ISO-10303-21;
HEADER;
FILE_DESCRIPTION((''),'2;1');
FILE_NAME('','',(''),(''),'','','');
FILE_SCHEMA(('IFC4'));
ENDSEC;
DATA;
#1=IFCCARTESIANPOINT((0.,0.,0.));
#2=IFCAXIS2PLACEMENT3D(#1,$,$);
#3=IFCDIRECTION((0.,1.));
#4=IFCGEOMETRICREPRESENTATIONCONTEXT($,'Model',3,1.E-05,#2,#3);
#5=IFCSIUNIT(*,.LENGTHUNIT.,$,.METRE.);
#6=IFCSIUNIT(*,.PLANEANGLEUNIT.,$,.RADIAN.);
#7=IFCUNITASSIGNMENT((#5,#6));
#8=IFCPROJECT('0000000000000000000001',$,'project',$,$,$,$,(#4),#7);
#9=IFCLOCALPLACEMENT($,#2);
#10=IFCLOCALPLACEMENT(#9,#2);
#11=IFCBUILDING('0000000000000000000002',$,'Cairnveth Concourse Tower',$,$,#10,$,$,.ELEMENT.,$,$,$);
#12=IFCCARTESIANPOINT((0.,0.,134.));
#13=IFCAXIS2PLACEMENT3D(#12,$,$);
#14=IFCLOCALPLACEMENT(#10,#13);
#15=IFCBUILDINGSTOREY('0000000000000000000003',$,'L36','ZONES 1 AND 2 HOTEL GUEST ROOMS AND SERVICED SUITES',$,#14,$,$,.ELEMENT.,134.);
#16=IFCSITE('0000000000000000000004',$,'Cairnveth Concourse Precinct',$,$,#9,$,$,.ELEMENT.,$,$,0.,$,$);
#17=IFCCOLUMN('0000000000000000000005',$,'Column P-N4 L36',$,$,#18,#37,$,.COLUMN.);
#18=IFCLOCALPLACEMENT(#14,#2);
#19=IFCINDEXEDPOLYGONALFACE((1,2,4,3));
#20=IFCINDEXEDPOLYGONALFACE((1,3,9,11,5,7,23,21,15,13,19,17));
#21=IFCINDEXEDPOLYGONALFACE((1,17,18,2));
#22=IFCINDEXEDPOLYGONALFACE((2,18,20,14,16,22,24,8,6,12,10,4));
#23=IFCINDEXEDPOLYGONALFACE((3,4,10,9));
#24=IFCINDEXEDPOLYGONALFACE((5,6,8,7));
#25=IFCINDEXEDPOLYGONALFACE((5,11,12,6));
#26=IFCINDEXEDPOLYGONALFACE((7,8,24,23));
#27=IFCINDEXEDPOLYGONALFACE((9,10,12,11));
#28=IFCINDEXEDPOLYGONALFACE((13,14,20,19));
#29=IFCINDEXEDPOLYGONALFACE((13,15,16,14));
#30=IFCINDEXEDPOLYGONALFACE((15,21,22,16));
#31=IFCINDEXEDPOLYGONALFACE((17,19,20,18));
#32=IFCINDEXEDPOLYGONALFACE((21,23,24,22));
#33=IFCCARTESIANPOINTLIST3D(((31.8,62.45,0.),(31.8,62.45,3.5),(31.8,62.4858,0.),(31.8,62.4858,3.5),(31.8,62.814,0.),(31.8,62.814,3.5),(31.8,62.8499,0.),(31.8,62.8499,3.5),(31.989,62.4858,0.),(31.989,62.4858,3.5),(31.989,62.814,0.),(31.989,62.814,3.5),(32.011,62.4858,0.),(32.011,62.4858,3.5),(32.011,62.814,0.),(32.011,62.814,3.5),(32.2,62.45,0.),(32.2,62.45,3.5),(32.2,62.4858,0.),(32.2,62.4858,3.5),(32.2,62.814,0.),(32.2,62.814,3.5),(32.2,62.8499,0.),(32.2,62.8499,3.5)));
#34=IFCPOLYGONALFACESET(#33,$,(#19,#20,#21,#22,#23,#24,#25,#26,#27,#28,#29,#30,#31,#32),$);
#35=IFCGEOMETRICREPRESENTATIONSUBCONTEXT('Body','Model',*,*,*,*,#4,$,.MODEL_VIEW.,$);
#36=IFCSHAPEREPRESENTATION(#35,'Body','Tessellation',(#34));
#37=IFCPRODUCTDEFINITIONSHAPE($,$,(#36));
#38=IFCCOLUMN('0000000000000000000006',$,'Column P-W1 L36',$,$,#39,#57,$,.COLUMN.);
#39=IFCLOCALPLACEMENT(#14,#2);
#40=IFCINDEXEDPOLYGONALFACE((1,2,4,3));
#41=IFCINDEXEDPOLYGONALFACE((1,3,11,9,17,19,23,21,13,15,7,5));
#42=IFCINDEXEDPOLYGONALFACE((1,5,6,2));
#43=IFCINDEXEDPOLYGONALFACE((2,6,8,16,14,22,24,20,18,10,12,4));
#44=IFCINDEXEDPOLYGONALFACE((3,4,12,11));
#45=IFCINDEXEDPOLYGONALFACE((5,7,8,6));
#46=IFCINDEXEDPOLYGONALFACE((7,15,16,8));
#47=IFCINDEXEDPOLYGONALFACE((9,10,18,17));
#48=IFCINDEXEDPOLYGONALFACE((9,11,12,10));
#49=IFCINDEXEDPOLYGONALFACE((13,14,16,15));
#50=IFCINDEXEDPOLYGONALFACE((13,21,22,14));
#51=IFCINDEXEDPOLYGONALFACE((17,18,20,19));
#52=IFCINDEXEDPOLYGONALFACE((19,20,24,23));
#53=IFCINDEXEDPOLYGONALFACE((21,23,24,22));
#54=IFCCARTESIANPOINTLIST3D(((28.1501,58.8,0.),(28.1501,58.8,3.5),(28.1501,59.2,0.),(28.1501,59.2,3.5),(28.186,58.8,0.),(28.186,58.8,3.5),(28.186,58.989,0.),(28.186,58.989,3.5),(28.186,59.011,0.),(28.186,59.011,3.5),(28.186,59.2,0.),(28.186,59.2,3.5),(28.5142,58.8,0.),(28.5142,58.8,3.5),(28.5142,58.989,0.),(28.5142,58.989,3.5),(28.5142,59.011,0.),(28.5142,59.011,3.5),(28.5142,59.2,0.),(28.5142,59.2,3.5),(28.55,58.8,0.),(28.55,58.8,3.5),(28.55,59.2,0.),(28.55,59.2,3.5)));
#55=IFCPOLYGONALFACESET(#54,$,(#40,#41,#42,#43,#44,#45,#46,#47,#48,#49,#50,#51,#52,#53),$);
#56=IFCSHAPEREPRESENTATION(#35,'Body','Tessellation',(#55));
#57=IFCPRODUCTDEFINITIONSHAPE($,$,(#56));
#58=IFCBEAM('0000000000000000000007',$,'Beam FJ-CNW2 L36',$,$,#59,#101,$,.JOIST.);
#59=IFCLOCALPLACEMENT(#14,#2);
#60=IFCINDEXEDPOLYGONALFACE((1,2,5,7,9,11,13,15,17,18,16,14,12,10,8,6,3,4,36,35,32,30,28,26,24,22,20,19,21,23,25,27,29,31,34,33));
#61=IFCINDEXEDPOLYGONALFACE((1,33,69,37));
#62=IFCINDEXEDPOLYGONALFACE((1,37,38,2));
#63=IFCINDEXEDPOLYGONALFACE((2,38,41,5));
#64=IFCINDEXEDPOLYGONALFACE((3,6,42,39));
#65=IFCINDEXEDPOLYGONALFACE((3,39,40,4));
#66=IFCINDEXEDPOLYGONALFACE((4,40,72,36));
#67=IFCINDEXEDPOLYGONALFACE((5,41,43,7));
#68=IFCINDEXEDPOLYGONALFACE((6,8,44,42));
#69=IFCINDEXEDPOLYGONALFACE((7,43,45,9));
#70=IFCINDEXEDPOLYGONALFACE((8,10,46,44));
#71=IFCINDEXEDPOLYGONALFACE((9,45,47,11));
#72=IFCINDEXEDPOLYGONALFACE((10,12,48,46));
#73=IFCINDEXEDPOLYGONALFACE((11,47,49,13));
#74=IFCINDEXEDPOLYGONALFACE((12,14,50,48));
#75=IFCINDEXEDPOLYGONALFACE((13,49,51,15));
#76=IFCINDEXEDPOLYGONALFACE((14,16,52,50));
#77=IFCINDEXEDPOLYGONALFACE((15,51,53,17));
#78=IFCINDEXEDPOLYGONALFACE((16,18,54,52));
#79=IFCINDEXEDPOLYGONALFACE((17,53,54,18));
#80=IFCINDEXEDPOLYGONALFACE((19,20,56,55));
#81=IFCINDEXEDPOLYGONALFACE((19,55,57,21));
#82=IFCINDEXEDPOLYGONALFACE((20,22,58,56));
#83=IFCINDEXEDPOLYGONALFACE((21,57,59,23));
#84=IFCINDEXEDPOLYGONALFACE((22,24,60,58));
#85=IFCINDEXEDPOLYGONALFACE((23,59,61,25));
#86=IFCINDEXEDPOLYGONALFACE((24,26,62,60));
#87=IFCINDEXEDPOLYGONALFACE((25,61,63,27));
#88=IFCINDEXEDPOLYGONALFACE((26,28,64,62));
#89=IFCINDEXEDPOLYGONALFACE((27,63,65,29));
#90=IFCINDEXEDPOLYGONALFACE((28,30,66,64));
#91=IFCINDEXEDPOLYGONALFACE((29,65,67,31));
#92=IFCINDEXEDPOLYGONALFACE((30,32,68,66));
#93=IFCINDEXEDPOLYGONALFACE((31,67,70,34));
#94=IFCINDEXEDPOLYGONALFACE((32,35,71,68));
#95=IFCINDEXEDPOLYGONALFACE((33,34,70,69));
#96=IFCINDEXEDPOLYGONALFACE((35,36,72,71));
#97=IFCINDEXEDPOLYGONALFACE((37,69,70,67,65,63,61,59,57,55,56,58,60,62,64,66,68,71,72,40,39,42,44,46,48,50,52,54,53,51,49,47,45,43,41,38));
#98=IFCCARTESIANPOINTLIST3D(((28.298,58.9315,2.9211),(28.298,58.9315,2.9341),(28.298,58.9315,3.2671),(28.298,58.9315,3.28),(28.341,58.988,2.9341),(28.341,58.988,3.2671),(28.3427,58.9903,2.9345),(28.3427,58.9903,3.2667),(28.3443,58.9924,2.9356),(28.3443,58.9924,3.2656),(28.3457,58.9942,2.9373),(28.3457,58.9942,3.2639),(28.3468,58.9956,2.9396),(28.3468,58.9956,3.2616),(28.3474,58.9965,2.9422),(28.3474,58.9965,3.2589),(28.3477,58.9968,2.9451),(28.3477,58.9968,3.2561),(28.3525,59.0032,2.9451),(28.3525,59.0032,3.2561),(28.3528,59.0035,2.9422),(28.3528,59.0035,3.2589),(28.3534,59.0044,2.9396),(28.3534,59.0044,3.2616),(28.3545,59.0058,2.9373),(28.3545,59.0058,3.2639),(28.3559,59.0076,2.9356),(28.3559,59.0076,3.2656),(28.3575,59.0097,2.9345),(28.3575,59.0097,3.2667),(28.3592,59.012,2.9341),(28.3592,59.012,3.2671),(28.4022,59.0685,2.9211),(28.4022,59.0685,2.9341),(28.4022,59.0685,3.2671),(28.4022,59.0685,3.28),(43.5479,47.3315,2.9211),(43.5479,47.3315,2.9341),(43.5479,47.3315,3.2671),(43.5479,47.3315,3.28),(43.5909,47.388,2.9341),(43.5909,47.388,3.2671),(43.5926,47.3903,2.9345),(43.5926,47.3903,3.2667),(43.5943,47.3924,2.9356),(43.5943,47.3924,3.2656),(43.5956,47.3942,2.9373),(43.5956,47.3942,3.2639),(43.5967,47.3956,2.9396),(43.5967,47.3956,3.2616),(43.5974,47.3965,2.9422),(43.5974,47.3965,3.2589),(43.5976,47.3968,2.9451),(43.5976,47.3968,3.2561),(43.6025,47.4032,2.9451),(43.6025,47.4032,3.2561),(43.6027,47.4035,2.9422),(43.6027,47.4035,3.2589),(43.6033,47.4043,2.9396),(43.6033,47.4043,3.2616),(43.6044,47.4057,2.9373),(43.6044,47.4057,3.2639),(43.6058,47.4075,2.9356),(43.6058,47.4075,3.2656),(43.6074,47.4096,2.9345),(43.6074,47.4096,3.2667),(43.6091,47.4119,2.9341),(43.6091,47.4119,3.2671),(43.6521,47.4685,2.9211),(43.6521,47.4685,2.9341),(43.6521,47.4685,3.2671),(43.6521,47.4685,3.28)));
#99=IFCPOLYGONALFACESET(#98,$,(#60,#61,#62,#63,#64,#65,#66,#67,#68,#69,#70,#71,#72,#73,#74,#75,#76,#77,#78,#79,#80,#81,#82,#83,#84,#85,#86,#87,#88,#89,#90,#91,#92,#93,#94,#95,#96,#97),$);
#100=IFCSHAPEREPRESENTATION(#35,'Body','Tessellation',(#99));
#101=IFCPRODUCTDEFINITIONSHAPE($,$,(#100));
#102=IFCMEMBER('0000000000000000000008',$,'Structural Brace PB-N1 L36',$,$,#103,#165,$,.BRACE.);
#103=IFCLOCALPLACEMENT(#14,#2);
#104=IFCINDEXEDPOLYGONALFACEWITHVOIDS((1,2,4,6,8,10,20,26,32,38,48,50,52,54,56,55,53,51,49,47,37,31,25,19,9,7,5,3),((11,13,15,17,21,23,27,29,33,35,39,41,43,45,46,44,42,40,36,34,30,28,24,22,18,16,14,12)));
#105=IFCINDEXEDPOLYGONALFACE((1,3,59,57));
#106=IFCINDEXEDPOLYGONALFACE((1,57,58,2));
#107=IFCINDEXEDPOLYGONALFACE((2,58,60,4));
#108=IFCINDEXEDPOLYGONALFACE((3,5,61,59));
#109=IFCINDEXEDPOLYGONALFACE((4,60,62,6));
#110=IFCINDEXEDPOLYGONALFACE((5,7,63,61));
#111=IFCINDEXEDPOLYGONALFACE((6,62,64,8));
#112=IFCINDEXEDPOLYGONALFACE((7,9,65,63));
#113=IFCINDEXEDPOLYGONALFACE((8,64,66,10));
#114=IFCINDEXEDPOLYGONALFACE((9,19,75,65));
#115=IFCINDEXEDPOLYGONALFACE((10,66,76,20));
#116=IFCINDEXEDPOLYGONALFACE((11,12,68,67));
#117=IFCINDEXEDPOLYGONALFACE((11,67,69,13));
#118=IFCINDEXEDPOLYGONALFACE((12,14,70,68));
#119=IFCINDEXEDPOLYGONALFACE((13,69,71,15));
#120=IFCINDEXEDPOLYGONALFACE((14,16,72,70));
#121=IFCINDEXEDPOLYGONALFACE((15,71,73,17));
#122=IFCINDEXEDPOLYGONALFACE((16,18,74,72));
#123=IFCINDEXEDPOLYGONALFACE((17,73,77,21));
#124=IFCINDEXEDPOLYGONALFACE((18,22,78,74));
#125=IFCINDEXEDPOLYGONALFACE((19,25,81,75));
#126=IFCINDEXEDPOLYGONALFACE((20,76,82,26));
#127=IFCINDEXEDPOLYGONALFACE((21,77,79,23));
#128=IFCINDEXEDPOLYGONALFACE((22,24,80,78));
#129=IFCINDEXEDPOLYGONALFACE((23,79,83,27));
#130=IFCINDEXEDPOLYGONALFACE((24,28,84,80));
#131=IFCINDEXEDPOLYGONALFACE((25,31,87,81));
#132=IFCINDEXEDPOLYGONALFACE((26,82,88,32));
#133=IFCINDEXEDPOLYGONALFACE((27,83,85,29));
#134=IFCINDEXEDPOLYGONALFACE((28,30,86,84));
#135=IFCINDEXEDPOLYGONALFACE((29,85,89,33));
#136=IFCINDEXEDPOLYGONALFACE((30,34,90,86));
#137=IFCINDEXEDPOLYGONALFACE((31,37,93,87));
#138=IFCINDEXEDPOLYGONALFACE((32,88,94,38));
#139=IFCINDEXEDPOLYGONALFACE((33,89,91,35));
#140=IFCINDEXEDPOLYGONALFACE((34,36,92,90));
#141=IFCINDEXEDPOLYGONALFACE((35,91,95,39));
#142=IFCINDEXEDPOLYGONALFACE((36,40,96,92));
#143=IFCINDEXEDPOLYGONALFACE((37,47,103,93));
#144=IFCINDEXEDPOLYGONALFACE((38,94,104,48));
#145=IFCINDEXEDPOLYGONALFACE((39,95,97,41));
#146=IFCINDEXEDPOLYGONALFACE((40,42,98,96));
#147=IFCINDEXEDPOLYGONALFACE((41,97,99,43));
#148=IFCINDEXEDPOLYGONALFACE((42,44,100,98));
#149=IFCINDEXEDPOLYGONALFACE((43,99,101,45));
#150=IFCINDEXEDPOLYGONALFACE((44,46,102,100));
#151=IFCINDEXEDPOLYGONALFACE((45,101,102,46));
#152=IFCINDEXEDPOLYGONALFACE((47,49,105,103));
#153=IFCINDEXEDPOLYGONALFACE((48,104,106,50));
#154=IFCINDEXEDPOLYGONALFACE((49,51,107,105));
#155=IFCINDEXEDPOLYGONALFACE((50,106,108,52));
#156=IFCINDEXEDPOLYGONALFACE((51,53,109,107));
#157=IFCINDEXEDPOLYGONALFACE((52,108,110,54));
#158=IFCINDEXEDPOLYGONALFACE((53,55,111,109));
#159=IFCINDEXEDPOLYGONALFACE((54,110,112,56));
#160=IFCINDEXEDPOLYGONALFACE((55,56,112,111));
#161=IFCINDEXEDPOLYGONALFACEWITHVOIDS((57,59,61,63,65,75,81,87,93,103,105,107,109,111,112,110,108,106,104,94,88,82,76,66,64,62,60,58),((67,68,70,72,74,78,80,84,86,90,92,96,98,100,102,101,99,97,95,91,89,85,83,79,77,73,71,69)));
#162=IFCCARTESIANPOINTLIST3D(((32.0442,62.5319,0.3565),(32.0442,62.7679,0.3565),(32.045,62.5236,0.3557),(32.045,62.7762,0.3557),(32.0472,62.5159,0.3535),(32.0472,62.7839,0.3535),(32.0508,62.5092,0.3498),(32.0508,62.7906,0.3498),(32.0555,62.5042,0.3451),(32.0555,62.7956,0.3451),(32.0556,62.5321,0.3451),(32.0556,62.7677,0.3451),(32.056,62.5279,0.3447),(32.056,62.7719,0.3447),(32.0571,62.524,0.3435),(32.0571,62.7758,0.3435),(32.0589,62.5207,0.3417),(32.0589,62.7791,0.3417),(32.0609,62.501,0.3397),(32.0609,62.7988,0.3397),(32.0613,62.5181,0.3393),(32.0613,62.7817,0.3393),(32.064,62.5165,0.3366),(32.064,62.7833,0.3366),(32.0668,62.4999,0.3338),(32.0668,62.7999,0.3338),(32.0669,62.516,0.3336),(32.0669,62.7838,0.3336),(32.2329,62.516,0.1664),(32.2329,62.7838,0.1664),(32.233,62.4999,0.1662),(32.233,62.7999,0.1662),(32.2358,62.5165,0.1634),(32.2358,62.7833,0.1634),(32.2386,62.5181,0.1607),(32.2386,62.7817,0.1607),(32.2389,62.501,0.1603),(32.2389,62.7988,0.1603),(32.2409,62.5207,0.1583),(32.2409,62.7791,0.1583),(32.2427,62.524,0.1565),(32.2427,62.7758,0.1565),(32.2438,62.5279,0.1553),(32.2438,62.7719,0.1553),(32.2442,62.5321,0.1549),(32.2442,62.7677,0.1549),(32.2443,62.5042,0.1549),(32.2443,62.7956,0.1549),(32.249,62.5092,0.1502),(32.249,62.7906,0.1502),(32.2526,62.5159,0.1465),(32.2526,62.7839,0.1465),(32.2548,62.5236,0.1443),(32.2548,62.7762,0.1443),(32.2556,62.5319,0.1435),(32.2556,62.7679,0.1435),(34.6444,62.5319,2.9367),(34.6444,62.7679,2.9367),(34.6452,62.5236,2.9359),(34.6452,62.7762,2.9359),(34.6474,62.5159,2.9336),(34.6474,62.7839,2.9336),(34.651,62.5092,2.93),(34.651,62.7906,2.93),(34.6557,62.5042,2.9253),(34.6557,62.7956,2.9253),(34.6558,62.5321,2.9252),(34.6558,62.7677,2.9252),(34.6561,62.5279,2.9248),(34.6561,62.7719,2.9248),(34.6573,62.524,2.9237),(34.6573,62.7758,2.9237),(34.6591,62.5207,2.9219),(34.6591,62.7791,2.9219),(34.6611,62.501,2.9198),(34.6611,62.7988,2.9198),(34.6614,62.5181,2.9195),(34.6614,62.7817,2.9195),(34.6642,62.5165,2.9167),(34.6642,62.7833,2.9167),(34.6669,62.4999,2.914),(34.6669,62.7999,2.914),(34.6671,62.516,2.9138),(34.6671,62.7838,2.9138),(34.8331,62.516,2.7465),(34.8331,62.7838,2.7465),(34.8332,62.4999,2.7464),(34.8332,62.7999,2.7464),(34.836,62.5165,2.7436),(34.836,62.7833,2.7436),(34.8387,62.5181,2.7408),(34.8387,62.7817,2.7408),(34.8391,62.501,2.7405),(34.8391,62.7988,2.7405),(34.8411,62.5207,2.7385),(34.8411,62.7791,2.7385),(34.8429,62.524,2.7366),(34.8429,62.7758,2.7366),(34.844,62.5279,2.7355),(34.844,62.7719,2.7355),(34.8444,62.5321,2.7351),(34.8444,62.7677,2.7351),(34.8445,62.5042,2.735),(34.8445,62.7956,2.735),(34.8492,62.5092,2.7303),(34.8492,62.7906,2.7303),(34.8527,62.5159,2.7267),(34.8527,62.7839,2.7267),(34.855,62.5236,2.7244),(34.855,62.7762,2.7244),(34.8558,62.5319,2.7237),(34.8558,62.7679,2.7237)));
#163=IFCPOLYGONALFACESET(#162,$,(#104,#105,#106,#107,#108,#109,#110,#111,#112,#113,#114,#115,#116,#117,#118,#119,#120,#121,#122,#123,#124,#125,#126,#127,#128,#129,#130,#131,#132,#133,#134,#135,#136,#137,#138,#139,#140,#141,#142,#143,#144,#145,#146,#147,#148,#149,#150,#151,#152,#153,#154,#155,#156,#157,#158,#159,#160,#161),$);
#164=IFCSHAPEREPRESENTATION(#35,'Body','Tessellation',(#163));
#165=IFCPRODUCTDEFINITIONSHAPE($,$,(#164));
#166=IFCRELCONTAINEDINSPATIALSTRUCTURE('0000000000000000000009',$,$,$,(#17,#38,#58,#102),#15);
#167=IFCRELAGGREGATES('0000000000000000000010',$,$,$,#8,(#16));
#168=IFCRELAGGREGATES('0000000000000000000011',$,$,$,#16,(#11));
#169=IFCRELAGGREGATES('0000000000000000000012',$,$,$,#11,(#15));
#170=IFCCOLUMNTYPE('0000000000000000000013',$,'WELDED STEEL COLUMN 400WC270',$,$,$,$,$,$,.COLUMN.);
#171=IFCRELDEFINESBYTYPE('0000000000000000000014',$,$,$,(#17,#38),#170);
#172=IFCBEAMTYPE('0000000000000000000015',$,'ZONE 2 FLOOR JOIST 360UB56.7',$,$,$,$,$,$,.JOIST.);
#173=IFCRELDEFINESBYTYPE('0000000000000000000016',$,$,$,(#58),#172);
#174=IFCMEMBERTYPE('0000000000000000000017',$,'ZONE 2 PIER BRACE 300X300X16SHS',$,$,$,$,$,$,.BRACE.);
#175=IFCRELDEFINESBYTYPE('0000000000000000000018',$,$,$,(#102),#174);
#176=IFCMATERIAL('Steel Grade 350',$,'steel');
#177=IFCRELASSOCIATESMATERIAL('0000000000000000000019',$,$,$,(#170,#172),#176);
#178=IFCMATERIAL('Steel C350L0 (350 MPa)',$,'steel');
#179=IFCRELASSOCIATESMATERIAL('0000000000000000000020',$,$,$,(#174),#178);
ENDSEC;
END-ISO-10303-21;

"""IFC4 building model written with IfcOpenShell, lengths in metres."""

from ifc_helpers import new_model, si_unit, direction, frame, origin, origin_2d, place, context, subcontext, project, spatial, hollow_rectangle, i_section, extrude, material, material_profile, profile_set, type_object, element, save


model = new_model("IFC4")

# Units and contexts
model_context = context("Model", 3, precision=1e-05, world=origin(), true_north=direction((0.0, 1.0)))
body_context = subcontext(model_context, "Body", "Model", "MODEL_VIEW")
ifc_project = project(units=[si_unit("LENGTHUNIT", "METRE"), si_unit("PLANEANGLEUNIT", "RADIAN")], contexts=[model_context])

# Site, building, storey
site_placement = place(None, origin())
site = spatial("IfcSite", under=ifc_project, at=site_placement, Name="Cairnveth Concourse Precinct", CompositionType="ELEMENT", RefElevation=0.0)
building_placement = place(site_placement, origin())
building = spatial("IfcBuilding", under=site, at=building_placement, Name="Cairnveth Concourse Tower", CompositionType="ELEMENT")
storey_placement = place(building_placement, frame((0.0, 0.0, 134.0)))
storey = spatial("IfcBuildingStorey", under=building, at=storey_placement, Name="L36", Description="ZONES 1 AND 2 HOTEL GUEST ROOMS AND SERVICED SUITES", CompositionType="ELEMENT", Elevation=134.0)

# Columns
ifc_material_1 = material(Name="Steel Grade 350", Category="steel")
ifc_material_profile_1 = material_profile(ifc_material_1, i_section(OverallWidth=0.3999, OverallDepth=0.3999, WebThickness=0.022, FlangeThickness=0.0359, at=origin_2d()), Name="400WC270")
ifc_profile_set_1 = profile_set([ifc_material_profile_1], Name="Steel Grade 350")
column_type = type_object("IfcColumnType", Name="WELDED STEEL COLUMN 400WC270", PredefinedType="COLUMN", material=ifc_profile_set_1)
for number, where, z_axis, x_axis, name in (
    (1, (32.0, 62.6499, 0.0), (0.0, 0.0, 1.0), (1.0, 0.0, 0.0), "Column P-N4 L36"),
    (2, (28.3501, 59.0, 0.0), (0.0, 0.0, 1.0), (0.0, 1.0, 0.0), "Column P-W1 L36"),
):
    element("IfcColumn", number, at=place(storey_placement, frame(where, z_axis=z_axis, x_axis=x_axis)), inside=storey, type_object=column_type, Name=name, PredefinedType="COLUMN", context=body_context, shape_type="SweptSolid", body=[
        extrude(i_section(OverallWidth=0.3999, OverallDepth=0.3999, WebThickness=0.022, FlangeThickness=0.0359, at=origin_2d()), origin(), (0.0, 0.0, 1.0), 3.5),
    ])

# Beam
ifc_material_profile_2 = material_profile(ifc_material_1, i_section(OverallWidth=0.1721, OverallDepth=0.3589, WebThickness=0.0081, FlangeThickness=0.0129, FilletRadius=0.011, at=origin_2d()), Name="360UB56.7")
ifc_profile_set_2 = profile_set([ifc_material_profile_2], Name="Steel Grade 350")
beam_type_1 = type_object("IfcBeamType", Name="ZONE 2 FLOOR JOIST 360UB56.7", PredefinedType="JOIST", material=ifc_profile_set_2)
beam_1_placement = place(storey_placement, frame((28.3501, 59.0, 3.1006), z_axis=(0.795908, -0.605417, 0.0), x_axis=(0.605417, 0.795908, 0.0)))
element("IfcBeam", 3, at=beam_1_placement, inside=storey, type_object=beam_type_1, Name="Beam FJ-CNW2 L36", PredefinedType="JOIST", context=body_context, shape_type="SweptSolid", body=[
    extrude(i_section(OverallWidth=0.1721, OverallDepth=0.3589, WebThickness=0.0081, FlangeThickness=0.0129, FilletRadius=0.011, at=origin_2d()), origin(), (0.0, 0.0, 1.0), 19.1604),
])

# Member
ifc_material_2 = material(Name="Steel C350L0 (350 MPa)", Category="steel")
ifc_material_profile_3 = material_profile(ifc_material_2, hollow_rectangle(XDim=0.3, YDim=0.3, WallThickness=0.0161, InnerFilletRadius=0.0161, OuterFilletRadius=0.032, at=origin_2d()), Name="300x300x16.0SHS")
ifc_profile_set_3 = profile_set([ifc_material_profile_3], Name="Steel C350L0 (350 MPa)")
member_type = type_object("IfcMemberType", Name="ZONE 2 PIER BRACE 300X300X16SHS", PredefinedType="BRACE", material=ifc_profile_set_3)
for number, where, z_axis, x_axis, name in (
    (4, (32.1499, 62.6499, 0.25), (0.709834, 0.0, 0.704369), (0.0, 1.0, 0.0), "Structural Brace PB-N1 L36"),
):
    element("IfcMember", number, at=place(storey_placement, frame(where, z_axis=z_axis, x_axis=x_axis)), inside=storey, type_object=member_type, Name=name, PredefinedType="BRACE", context=body_context, shape_type="SweptSolid", body=[
        extrude(hollow_rectangle(XDim=0.3, YDim=0.3, WallThickness=0.0161, InnerFilletRadius=0.0161, OuterFilletRadius=0.032, at=origin_2d()), origin(), (0.0, 0.0, 1.0), 3.6631),
    ])

save(model, "model.ifc")
